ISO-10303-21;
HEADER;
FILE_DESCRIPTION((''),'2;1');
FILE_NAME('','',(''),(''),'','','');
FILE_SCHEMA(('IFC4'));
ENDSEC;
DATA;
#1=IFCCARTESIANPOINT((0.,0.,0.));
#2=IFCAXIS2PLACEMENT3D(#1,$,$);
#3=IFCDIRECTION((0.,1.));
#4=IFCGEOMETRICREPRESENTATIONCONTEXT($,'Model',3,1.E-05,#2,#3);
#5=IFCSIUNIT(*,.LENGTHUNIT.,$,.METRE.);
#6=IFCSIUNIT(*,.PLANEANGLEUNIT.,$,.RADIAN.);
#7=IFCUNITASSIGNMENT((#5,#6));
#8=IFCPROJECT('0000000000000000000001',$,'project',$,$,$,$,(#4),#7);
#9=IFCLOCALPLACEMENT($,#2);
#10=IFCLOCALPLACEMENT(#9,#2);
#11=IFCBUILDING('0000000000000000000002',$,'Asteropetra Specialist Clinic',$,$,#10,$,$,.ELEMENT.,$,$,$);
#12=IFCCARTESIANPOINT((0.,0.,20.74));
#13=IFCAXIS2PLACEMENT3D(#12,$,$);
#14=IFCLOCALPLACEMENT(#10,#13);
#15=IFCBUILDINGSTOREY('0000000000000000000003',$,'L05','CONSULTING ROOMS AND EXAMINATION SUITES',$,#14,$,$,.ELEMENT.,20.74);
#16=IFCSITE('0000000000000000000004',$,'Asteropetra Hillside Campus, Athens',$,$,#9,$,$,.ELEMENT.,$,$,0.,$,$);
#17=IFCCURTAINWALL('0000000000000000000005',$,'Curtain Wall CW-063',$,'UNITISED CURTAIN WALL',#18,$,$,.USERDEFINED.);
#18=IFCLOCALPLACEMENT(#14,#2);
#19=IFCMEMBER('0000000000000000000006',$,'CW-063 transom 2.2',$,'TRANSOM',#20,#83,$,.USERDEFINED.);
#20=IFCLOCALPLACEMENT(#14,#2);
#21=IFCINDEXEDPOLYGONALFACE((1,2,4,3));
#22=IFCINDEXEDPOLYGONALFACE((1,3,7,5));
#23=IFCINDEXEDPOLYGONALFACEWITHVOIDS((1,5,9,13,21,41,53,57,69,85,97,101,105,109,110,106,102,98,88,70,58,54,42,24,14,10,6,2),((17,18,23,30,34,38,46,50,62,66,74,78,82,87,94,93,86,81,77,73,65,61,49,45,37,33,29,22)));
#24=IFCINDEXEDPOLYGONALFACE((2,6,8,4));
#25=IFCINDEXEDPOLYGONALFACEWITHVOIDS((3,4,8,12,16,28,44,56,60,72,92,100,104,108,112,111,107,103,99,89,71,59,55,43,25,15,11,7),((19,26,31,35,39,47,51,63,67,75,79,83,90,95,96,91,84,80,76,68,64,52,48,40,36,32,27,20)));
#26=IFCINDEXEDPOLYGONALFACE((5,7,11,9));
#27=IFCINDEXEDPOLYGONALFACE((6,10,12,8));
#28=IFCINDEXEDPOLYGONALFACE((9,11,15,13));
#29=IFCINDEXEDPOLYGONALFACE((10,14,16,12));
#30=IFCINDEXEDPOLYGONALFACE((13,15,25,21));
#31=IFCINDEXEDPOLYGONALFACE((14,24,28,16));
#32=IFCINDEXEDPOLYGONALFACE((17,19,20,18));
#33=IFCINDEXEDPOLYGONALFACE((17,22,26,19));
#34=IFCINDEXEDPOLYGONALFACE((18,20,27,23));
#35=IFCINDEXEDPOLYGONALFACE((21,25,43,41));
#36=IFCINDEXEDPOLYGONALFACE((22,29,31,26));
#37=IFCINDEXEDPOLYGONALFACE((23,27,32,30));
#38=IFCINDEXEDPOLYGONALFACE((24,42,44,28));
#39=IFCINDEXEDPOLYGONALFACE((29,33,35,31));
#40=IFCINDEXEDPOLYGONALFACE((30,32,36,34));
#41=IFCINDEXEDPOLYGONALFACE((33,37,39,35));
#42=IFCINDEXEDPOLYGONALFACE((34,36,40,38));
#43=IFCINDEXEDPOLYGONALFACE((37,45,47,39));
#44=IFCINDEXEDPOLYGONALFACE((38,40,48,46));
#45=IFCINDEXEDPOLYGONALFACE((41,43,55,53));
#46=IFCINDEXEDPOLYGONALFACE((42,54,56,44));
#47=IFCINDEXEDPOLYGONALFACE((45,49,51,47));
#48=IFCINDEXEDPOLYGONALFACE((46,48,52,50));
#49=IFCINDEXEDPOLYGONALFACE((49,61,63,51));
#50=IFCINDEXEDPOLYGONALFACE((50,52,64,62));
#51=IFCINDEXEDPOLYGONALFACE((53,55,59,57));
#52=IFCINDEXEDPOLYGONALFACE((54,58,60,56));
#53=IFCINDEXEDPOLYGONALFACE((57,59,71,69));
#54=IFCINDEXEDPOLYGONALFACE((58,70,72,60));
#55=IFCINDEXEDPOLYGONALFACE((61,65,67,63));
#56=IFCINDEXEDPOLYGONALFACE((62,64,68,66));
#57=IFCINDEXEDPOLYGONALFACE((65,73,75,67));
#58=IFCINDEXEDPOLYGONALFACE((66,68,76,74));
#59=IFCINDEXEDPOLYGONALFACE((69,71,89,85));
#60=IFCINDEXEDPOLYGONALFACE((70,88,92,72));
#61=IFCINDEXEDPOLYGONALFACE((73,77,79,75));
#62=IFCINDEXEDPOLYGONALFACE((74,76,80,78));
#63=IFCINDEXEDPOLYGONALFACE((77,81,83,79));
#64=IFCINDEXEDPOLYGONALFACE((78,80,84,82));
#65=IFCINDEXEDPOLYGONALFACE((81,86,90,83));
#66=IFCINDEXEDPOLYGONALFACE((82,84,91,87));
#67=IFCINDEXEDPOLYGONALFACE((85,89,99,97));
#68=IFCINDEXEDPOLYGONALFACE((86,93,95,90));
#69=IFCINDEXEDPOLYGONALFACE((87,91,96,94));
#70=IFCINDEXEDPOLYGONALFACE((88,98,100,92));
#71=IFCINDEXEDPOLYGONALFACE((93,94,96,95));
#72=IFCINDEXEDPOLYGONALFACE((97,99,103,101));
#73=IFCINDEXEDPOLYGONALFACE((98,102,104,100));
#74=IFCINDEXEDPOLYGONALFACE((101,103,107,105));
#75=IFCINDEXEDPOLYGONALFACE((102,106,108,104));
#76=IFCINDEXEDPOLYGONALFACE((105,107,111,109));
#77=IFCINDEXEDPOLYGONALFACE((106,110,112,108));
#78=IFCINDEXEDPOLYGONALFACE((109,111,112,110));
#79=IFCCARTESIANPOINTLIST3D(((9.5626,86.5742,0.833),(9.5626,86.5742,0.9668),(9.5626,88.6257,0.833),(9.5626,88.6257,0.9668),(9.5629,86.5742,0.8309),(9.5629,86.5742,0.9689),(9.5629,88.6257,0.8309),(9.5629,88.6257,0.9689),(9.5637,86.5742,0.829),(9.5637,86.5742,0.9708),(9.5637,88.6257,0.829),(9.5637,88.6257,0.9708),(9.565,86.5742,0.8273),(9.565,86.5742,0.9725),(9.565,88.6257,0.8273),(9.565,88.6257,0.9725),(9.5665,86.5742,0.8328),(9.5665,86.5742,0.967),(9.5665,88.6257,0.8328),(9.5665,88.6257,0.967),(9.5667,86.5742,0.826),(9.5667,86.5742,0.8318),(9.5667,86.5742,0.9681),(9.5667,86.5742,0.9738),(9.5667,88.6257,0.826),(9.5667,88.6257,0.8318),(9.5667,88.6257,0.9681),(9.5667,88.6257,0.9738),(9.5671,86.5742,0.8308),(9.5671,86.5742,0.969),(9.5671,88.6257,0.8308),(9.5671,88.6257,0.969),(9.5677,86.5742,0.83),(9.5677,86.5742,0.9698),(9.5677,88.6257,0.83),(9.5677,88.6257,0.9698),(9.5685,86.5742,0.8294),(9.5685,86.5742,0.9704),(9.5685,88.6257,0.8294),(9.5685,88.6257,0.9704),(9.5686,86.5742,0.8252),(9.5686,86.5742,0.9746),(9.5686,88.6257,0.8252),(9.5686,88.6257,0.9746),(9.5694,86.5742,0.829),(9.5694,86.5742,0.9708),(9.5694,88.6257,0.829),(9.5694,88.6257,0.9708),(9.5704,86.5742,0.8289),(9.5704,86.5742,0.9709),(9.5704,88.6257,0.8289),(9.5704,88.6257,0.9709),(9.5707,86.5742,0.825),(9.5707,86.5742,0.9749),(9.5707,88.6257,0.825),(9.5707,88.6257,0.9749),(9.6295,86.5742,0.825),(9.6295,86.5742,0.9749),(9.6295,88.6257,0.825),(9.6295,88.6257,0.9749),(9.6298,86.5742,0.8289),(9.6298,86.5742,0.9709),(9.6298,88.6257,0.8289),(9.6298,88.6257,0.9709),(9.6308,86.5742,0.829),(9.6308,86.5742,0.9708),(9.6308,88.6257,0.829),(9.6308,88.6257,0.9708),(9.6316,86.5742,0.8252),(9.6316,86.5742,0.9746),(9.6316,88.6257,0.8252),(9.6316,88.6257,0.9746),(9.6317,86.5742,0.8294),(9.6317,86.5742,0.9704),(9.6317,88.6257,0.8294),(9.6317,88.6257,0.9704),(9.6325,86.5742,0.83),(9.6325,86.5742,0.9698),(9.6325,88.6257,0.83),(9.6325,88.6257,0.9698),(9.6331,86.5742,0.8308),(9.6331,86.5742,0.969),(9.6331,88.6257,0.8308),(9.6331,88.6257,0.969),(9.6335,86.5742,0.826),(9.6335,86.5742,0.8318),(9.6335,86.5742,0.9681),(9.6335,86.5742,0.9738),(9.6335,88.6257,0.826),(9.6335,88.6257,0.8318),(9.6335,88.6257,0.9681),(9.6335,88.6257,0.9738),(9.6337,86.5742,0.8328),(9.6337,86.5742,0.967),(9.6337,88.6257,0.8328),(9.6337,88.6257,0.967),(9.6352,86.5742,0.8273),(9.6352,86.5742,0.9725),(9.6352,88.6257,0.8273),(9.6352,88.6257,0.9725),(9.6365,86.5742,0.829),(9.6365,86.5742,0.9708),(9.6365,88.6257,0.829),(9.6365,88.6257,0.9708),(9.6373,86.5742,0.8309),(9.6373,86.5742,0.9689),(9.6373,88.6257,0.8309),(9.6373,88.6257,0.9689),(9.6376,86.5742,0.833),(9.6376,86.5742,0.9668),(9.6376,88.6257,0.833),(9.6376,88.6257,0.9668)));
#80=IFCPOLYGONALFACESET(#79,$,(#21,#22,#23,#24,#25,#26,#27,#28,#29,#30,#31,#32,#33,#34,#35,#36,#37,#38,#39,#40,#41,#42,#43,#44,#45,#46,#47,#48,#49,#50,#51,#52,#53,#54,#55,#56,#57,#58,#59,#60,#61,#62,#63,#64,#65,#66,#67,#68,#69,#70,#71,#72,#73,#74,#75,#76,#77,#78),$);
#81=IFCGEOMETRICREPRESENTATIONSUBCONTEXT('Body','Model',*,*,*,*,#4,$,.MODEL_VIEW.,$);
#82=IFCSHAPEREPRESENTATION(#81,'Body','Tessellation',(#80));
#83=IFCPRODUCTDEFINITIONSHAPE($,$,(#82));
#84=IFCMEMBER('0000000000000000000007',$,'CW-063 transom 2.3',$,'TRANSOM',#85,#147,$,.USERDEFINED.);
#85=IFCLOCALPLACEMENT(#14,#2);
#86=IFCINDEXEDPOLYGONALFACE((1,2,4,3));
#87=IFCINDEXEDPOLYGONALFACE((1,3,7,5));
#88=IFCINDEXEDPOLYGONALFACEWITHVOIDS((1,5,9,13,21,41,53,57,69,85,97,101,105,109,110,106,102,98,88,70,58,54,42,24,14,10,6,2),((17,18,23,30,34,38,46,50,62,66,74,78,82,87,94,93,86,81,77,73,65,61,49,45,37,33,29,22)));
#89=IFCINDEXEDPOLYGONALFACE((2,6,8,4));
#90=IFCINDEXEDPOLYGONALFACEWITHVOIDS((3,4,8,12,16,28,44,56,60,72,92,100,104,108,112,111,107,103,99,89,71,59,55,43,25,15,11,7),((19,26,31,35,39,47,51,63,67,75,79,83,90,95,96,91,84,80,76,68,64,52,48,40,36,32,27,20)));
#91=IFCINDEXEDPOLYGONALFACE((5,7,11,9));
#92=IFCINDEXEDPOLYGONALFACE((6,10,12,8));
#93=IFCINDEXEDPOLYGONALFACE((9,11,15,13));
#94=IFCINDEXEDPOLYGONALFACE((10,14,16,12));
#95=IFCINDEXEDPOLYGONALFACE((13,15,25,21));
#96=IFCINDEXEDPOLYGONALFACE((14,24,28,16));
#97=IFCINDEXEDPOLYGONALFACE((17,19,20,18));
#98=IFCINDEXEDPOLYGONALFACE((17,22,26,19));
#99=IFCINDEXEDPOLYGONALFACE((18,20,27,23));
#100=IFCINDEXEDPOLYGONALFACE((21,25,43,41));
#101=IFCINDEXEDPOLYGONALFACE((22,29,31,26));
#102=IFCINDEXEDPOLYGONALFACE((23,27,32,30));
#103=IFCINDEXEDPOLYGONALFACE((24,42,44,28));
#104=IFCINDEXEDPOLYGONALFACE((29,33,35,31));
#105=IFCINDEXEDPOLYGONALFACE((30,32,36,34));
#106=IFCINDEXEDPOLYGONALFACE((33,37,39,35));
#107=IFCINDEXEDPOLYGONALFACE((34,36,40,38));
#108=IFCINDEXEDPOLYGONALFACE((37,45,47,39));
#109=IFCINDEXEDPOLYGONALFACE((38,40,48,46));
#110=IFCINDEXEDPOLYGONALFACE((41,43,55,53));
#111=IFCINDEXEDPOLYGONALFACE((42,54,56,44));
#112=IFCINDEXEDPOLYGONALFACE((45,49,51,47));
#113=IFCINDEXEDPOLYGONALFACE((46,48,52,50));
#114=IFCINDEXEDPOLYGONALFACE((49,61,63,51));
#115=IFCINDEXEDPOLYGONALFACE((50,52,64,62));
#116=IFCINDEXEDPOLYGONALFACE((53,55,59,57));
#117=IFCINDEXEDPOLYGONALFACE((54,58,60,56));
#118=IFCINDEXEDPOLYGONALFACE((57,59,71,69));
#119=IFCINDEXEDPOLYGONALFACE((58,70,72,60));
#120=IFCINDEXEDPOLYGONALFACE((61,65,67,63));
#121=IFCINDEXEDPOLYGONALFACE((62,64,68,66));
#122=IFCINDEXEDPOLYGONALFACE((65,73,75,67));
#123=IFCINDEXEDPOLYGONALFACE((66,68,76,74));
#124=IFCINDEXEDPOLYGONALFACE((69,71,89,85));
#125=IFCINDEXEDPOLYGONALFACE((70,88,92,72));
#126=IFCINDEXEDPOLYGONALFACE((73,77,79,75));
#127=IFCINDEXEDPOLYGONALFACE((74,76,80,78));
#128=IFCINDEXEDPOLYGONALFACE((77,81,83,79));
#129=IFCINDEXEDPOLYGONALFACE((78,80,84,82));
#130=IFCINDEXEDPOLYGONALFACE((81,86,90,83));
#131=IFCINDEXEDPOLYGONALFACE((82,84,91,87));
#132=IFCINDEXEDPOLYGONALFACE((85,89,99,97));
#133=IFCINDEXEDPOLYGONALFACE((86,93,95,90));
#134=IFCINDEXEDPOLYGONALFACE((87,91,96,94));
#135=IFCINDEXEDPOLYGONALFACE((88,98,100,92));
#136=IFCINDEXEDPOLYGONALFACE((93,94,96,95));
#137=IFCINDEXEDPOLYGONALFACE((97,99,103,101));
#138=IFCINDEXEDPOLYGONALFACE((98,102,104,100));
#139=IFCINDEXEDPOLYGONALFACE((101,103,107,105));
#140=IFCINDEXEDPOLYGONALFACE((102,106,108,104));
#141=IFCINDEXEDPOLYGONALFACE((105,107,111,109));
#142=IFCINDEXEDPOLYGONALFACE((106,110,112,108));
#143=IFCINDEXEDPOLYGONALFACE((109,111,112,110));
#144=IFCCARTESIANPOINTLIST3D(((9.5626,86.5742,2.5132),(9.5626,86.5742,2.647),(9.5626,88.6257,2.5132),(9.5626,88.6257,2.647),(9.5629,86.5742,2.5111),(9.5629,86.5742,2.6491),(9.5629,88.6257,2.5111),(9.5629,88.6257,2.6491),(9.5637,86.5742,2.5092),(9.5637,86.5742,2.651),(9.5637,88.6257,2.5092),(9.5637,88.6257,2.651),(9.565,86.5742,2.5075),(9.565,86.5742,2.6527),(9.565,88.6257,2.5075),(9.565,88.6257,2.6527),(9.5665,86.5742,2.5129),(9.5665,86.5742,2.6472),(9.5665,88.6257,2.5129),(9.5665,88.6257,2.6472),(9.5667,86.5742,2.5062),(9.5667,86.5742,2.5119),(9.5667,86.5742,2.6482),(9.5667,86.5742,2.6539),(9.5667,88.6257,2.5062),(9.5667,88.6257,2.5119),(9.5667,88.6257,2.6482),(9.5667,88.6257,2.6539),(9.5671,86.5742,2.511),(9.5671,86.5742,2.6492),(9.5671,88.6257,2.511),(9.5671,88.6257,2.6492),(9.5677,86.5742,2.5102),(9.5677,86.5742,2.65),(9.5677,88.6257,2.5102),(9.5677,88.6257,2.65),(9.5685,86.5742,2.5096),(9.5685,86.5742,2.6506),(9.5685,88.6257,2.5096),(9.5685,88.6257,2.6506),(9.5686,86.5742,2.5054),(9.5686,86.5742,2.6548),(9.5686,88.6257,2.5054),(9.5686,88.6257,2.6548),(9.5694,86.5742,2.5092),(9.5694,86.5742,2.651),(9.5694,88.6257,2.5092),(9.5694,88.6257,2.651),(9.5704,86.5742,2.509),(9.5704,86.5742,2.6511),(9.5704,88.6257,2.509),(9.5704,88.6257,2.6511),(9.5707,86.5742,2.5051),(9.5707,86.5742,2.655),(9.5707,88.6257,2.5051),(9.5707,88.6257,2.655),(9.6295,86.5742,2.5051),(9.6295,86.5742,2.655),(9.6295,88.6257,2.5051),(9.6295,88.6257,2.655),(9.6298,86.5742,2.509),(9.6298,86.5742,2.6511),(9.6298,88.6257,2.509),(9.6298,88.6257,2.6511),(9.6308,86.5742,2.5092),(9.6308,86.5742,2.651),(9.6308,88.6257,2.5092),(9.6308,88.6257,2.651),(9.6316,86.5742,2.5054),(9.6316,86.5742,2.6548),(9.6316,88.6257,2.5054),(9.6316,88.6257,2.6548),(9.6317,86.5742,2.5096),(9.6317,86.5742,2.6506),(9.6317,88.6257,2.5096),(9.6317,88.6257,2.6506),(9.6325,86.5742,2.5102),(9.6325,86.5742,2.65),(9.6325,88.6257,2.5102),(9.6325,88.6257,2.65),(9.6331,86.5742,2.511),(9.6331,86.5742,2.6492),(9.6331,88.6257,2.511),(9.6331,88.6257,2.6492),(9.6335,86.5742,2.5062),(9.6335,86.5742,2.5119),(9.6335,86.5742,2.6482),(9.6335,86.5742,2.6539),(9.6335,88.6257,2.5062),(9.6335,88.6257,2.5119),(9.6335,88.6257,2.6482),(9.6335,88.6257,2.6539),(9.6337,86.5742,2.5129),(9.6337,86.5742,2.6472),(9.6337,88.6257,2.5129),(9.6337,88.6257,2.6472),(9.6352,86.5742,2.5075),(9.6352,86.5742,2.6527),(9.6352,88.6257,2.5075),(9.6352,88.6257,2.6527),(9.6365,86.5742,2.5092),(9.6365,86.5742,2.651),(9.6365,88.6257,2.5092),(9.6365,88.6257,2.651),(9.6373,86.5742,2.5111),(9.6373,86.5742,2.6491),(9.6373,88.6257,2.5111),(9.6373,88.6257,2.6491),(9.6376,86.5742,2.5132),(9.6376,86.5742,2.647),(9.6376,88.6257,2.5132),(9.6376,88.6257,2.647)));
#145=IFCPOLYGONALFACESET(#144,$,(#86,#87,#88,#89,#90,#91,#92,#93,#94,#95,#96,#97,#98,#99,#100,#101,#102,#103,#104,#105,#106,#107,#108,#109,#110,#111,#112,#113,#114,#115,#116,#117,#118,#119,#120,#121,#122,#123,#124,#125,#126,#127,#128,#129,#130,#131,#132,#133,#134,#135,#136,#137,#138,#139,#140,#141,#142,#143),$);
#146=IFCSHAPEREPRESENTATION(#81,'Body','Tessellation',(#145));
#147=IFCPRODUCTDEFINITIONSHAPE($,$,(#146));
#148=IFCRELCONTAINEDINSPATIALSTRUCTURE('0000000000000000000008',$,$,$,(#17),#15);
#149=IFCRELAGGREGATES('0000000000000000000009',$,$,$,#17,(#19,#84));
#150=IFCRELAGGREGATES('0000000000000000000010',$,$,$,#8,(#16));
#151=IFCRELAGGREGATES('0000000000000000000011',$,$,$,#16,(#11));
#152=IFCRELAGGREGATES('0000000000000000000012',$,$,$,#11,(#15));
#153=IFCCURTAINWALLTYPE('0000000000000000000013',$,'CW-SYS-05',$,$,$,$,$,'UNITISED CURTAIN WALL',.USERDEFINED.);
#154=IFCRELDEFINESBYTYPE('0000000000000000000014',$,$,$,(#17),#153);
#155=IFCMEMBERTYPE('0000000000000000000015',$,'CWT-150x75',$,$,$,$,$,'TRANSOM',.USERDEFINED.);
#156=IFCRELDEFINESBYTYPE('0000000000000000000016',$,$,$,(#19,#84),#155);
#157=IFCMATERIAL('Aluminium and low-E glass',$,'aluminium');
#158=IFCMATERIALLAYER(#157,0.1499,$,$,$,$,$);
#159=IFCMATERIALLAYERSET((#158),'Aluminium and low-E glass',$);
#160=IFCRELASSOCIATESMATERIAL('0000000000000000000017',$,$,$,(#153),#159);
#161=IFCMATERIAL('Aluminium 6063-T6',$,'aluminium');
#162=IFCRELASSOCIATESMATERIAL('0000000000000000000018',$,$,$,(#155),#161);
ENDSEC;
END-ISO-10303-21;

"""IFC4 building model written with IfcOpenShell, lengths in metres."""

from ifc_helpers import new_model, si_unit, direction, frame, origin, origin_2d, place, context, subcontext, project, spatial, hollow_rectangle, extrude, material, layer, layer_set, material_profile, profile_set, type_object, element, aggregate, save


model = new_model("IFC4")

# Units and contexts
model_context = context("Model", 3, precision=1e-05, world=origin(), true_north=direction((0.0, 1.0)))
body_context = subcontext(model_context, "Body", "Model", "MODEL_VIEW")
ifc_project = project(units=[si_unit("LENGTHUNIT", "METRE"), si_unit("PLANEANGLEUNIT", "RADIAN")], contexts=[model_context])

# Site, building, storey
site_placement = place(None, origin())
site = spatial("IfcSite", under=ifc_project, at=site_placement, Name="Asteropetra Hillside Campus, Athens", CompositionType="ELEMENT", RefElevation=0.0)
building_placement = place(site_placement, origin())
building = spatial("IfcBuilding", under=site, at=building_placement, Name="Asteropetra Specialist Clinic", CompositionType="ELEMENT")
storey_placement = place(building_placement, frame((0.0, 0.0, 20.74)))
storey = spatial("IfcBuildingStorey", under=building, at=storey_placement, Name="L05", Description="CONSULTING ROOMS AND EXAMINATION SUITES", CompositionType="ELEMENT", Elevation=20.74)

# Curtain wall, members
ifc_material_1 = material(Name="Aluminium and low-E glass", Category="aluminium")
ifc_layer_1 = layer(ifc_material_1, 0.1499)
ifc_layer_set_1 = layer_set([ifc_layer_1], Name="Aluminium and low-E glass")
curtain_wall_type = type_object("IfcCurtainWallType", Name="CW-SYS-05", ElementType="UNITISED CURTAIN WALL", PredefinedType="USERDEFINED", material=ifc_layer_set_1)
curtain_wall_placement = place(storey_placement, origin())
curtain_wall = element("IfcCurtainWall", 1, at=curtain_wall_placement, inside=storey, type_object=curtain_wall_type, Name="Curtain Wall CW-063", ObjectType="UNITISED CURTAIN WALL", PredefinedType="USERDEFINED")
ifc_material_2 = material(Name="Aluminium 6063-T6", Category="aluminium")
ifc_material_profile_1 = material_profile(ifc_material_2, hollow_rectangle(XDim=0.075, YDim=0.1499, WallThickness=0.0039, InnerFilletRadius=0.0039, OuterFilletRadius=0.0081, at=origin_2d()), Name="TRN 150x75x4.0")
ifc_profile_set_1 = profile_set([ifc_material_profile_1], Name="Aluminium 6063-T6")
member_type_1 = type_object("IfcMemberType", Name="CWT-150x75", ElementType="TRANSOM", PredefinedType="USERDEFINED", material=ifc_profile_set_1)
member_1_placement = place(storey_placement, frame((9.6001, 88.6257, 0.8999), z_axis=(0.0, -1.0, 0.0), x_axis=(1.0, 0.0, 0.0)))
member_1 = element("IfcMember", 2, at=member_1_placement, type_object=member_type_1, Name="CW-063 transom 2.2", ObjectType="TRANSOM", PredefinedType="USERDEFINED", context=body_context, shape_type="SweptSolid", body=[
    extrude(hollow_rectangle(XDim=0.075, YDim=0.1499, WallThickness=0.0039, InnerFilletRadius=0.0039, OuterFilletRadius=0.0081, at=origin_2d()), origin(), (0.0, 0.0, 1.0), 2.0515),
])
member_2_placement = place(storey_placement, frame((9.6001, 88.6257, 2.5801), z_axis=(0.0, -1.0, 0.0), x_axis=(1.0, 0.0, 0.0)))
member_2 = element("IfcMember", 3, at=member_2_placement, type_object=member_type_1, Name="CW-063 transom 2.3", ObjectType="TRANSOM", PredefinedType="USERDEFINED", context=body_context, shape_type="SweptSolid", body=[
    extrude(hollow_rectangle(XDim=0.075, YDim=0.1499, WallThickness=0.0039, InnerFilletRadius=0.0039, OuterFilletRadius=0.0081, at=origin_2d()), origin(), (0.0, 0.0, 1.0), 2.0515),
])
aggregate(curtain_wall, [member_1, member_2])

save(model, "model.ifc")
